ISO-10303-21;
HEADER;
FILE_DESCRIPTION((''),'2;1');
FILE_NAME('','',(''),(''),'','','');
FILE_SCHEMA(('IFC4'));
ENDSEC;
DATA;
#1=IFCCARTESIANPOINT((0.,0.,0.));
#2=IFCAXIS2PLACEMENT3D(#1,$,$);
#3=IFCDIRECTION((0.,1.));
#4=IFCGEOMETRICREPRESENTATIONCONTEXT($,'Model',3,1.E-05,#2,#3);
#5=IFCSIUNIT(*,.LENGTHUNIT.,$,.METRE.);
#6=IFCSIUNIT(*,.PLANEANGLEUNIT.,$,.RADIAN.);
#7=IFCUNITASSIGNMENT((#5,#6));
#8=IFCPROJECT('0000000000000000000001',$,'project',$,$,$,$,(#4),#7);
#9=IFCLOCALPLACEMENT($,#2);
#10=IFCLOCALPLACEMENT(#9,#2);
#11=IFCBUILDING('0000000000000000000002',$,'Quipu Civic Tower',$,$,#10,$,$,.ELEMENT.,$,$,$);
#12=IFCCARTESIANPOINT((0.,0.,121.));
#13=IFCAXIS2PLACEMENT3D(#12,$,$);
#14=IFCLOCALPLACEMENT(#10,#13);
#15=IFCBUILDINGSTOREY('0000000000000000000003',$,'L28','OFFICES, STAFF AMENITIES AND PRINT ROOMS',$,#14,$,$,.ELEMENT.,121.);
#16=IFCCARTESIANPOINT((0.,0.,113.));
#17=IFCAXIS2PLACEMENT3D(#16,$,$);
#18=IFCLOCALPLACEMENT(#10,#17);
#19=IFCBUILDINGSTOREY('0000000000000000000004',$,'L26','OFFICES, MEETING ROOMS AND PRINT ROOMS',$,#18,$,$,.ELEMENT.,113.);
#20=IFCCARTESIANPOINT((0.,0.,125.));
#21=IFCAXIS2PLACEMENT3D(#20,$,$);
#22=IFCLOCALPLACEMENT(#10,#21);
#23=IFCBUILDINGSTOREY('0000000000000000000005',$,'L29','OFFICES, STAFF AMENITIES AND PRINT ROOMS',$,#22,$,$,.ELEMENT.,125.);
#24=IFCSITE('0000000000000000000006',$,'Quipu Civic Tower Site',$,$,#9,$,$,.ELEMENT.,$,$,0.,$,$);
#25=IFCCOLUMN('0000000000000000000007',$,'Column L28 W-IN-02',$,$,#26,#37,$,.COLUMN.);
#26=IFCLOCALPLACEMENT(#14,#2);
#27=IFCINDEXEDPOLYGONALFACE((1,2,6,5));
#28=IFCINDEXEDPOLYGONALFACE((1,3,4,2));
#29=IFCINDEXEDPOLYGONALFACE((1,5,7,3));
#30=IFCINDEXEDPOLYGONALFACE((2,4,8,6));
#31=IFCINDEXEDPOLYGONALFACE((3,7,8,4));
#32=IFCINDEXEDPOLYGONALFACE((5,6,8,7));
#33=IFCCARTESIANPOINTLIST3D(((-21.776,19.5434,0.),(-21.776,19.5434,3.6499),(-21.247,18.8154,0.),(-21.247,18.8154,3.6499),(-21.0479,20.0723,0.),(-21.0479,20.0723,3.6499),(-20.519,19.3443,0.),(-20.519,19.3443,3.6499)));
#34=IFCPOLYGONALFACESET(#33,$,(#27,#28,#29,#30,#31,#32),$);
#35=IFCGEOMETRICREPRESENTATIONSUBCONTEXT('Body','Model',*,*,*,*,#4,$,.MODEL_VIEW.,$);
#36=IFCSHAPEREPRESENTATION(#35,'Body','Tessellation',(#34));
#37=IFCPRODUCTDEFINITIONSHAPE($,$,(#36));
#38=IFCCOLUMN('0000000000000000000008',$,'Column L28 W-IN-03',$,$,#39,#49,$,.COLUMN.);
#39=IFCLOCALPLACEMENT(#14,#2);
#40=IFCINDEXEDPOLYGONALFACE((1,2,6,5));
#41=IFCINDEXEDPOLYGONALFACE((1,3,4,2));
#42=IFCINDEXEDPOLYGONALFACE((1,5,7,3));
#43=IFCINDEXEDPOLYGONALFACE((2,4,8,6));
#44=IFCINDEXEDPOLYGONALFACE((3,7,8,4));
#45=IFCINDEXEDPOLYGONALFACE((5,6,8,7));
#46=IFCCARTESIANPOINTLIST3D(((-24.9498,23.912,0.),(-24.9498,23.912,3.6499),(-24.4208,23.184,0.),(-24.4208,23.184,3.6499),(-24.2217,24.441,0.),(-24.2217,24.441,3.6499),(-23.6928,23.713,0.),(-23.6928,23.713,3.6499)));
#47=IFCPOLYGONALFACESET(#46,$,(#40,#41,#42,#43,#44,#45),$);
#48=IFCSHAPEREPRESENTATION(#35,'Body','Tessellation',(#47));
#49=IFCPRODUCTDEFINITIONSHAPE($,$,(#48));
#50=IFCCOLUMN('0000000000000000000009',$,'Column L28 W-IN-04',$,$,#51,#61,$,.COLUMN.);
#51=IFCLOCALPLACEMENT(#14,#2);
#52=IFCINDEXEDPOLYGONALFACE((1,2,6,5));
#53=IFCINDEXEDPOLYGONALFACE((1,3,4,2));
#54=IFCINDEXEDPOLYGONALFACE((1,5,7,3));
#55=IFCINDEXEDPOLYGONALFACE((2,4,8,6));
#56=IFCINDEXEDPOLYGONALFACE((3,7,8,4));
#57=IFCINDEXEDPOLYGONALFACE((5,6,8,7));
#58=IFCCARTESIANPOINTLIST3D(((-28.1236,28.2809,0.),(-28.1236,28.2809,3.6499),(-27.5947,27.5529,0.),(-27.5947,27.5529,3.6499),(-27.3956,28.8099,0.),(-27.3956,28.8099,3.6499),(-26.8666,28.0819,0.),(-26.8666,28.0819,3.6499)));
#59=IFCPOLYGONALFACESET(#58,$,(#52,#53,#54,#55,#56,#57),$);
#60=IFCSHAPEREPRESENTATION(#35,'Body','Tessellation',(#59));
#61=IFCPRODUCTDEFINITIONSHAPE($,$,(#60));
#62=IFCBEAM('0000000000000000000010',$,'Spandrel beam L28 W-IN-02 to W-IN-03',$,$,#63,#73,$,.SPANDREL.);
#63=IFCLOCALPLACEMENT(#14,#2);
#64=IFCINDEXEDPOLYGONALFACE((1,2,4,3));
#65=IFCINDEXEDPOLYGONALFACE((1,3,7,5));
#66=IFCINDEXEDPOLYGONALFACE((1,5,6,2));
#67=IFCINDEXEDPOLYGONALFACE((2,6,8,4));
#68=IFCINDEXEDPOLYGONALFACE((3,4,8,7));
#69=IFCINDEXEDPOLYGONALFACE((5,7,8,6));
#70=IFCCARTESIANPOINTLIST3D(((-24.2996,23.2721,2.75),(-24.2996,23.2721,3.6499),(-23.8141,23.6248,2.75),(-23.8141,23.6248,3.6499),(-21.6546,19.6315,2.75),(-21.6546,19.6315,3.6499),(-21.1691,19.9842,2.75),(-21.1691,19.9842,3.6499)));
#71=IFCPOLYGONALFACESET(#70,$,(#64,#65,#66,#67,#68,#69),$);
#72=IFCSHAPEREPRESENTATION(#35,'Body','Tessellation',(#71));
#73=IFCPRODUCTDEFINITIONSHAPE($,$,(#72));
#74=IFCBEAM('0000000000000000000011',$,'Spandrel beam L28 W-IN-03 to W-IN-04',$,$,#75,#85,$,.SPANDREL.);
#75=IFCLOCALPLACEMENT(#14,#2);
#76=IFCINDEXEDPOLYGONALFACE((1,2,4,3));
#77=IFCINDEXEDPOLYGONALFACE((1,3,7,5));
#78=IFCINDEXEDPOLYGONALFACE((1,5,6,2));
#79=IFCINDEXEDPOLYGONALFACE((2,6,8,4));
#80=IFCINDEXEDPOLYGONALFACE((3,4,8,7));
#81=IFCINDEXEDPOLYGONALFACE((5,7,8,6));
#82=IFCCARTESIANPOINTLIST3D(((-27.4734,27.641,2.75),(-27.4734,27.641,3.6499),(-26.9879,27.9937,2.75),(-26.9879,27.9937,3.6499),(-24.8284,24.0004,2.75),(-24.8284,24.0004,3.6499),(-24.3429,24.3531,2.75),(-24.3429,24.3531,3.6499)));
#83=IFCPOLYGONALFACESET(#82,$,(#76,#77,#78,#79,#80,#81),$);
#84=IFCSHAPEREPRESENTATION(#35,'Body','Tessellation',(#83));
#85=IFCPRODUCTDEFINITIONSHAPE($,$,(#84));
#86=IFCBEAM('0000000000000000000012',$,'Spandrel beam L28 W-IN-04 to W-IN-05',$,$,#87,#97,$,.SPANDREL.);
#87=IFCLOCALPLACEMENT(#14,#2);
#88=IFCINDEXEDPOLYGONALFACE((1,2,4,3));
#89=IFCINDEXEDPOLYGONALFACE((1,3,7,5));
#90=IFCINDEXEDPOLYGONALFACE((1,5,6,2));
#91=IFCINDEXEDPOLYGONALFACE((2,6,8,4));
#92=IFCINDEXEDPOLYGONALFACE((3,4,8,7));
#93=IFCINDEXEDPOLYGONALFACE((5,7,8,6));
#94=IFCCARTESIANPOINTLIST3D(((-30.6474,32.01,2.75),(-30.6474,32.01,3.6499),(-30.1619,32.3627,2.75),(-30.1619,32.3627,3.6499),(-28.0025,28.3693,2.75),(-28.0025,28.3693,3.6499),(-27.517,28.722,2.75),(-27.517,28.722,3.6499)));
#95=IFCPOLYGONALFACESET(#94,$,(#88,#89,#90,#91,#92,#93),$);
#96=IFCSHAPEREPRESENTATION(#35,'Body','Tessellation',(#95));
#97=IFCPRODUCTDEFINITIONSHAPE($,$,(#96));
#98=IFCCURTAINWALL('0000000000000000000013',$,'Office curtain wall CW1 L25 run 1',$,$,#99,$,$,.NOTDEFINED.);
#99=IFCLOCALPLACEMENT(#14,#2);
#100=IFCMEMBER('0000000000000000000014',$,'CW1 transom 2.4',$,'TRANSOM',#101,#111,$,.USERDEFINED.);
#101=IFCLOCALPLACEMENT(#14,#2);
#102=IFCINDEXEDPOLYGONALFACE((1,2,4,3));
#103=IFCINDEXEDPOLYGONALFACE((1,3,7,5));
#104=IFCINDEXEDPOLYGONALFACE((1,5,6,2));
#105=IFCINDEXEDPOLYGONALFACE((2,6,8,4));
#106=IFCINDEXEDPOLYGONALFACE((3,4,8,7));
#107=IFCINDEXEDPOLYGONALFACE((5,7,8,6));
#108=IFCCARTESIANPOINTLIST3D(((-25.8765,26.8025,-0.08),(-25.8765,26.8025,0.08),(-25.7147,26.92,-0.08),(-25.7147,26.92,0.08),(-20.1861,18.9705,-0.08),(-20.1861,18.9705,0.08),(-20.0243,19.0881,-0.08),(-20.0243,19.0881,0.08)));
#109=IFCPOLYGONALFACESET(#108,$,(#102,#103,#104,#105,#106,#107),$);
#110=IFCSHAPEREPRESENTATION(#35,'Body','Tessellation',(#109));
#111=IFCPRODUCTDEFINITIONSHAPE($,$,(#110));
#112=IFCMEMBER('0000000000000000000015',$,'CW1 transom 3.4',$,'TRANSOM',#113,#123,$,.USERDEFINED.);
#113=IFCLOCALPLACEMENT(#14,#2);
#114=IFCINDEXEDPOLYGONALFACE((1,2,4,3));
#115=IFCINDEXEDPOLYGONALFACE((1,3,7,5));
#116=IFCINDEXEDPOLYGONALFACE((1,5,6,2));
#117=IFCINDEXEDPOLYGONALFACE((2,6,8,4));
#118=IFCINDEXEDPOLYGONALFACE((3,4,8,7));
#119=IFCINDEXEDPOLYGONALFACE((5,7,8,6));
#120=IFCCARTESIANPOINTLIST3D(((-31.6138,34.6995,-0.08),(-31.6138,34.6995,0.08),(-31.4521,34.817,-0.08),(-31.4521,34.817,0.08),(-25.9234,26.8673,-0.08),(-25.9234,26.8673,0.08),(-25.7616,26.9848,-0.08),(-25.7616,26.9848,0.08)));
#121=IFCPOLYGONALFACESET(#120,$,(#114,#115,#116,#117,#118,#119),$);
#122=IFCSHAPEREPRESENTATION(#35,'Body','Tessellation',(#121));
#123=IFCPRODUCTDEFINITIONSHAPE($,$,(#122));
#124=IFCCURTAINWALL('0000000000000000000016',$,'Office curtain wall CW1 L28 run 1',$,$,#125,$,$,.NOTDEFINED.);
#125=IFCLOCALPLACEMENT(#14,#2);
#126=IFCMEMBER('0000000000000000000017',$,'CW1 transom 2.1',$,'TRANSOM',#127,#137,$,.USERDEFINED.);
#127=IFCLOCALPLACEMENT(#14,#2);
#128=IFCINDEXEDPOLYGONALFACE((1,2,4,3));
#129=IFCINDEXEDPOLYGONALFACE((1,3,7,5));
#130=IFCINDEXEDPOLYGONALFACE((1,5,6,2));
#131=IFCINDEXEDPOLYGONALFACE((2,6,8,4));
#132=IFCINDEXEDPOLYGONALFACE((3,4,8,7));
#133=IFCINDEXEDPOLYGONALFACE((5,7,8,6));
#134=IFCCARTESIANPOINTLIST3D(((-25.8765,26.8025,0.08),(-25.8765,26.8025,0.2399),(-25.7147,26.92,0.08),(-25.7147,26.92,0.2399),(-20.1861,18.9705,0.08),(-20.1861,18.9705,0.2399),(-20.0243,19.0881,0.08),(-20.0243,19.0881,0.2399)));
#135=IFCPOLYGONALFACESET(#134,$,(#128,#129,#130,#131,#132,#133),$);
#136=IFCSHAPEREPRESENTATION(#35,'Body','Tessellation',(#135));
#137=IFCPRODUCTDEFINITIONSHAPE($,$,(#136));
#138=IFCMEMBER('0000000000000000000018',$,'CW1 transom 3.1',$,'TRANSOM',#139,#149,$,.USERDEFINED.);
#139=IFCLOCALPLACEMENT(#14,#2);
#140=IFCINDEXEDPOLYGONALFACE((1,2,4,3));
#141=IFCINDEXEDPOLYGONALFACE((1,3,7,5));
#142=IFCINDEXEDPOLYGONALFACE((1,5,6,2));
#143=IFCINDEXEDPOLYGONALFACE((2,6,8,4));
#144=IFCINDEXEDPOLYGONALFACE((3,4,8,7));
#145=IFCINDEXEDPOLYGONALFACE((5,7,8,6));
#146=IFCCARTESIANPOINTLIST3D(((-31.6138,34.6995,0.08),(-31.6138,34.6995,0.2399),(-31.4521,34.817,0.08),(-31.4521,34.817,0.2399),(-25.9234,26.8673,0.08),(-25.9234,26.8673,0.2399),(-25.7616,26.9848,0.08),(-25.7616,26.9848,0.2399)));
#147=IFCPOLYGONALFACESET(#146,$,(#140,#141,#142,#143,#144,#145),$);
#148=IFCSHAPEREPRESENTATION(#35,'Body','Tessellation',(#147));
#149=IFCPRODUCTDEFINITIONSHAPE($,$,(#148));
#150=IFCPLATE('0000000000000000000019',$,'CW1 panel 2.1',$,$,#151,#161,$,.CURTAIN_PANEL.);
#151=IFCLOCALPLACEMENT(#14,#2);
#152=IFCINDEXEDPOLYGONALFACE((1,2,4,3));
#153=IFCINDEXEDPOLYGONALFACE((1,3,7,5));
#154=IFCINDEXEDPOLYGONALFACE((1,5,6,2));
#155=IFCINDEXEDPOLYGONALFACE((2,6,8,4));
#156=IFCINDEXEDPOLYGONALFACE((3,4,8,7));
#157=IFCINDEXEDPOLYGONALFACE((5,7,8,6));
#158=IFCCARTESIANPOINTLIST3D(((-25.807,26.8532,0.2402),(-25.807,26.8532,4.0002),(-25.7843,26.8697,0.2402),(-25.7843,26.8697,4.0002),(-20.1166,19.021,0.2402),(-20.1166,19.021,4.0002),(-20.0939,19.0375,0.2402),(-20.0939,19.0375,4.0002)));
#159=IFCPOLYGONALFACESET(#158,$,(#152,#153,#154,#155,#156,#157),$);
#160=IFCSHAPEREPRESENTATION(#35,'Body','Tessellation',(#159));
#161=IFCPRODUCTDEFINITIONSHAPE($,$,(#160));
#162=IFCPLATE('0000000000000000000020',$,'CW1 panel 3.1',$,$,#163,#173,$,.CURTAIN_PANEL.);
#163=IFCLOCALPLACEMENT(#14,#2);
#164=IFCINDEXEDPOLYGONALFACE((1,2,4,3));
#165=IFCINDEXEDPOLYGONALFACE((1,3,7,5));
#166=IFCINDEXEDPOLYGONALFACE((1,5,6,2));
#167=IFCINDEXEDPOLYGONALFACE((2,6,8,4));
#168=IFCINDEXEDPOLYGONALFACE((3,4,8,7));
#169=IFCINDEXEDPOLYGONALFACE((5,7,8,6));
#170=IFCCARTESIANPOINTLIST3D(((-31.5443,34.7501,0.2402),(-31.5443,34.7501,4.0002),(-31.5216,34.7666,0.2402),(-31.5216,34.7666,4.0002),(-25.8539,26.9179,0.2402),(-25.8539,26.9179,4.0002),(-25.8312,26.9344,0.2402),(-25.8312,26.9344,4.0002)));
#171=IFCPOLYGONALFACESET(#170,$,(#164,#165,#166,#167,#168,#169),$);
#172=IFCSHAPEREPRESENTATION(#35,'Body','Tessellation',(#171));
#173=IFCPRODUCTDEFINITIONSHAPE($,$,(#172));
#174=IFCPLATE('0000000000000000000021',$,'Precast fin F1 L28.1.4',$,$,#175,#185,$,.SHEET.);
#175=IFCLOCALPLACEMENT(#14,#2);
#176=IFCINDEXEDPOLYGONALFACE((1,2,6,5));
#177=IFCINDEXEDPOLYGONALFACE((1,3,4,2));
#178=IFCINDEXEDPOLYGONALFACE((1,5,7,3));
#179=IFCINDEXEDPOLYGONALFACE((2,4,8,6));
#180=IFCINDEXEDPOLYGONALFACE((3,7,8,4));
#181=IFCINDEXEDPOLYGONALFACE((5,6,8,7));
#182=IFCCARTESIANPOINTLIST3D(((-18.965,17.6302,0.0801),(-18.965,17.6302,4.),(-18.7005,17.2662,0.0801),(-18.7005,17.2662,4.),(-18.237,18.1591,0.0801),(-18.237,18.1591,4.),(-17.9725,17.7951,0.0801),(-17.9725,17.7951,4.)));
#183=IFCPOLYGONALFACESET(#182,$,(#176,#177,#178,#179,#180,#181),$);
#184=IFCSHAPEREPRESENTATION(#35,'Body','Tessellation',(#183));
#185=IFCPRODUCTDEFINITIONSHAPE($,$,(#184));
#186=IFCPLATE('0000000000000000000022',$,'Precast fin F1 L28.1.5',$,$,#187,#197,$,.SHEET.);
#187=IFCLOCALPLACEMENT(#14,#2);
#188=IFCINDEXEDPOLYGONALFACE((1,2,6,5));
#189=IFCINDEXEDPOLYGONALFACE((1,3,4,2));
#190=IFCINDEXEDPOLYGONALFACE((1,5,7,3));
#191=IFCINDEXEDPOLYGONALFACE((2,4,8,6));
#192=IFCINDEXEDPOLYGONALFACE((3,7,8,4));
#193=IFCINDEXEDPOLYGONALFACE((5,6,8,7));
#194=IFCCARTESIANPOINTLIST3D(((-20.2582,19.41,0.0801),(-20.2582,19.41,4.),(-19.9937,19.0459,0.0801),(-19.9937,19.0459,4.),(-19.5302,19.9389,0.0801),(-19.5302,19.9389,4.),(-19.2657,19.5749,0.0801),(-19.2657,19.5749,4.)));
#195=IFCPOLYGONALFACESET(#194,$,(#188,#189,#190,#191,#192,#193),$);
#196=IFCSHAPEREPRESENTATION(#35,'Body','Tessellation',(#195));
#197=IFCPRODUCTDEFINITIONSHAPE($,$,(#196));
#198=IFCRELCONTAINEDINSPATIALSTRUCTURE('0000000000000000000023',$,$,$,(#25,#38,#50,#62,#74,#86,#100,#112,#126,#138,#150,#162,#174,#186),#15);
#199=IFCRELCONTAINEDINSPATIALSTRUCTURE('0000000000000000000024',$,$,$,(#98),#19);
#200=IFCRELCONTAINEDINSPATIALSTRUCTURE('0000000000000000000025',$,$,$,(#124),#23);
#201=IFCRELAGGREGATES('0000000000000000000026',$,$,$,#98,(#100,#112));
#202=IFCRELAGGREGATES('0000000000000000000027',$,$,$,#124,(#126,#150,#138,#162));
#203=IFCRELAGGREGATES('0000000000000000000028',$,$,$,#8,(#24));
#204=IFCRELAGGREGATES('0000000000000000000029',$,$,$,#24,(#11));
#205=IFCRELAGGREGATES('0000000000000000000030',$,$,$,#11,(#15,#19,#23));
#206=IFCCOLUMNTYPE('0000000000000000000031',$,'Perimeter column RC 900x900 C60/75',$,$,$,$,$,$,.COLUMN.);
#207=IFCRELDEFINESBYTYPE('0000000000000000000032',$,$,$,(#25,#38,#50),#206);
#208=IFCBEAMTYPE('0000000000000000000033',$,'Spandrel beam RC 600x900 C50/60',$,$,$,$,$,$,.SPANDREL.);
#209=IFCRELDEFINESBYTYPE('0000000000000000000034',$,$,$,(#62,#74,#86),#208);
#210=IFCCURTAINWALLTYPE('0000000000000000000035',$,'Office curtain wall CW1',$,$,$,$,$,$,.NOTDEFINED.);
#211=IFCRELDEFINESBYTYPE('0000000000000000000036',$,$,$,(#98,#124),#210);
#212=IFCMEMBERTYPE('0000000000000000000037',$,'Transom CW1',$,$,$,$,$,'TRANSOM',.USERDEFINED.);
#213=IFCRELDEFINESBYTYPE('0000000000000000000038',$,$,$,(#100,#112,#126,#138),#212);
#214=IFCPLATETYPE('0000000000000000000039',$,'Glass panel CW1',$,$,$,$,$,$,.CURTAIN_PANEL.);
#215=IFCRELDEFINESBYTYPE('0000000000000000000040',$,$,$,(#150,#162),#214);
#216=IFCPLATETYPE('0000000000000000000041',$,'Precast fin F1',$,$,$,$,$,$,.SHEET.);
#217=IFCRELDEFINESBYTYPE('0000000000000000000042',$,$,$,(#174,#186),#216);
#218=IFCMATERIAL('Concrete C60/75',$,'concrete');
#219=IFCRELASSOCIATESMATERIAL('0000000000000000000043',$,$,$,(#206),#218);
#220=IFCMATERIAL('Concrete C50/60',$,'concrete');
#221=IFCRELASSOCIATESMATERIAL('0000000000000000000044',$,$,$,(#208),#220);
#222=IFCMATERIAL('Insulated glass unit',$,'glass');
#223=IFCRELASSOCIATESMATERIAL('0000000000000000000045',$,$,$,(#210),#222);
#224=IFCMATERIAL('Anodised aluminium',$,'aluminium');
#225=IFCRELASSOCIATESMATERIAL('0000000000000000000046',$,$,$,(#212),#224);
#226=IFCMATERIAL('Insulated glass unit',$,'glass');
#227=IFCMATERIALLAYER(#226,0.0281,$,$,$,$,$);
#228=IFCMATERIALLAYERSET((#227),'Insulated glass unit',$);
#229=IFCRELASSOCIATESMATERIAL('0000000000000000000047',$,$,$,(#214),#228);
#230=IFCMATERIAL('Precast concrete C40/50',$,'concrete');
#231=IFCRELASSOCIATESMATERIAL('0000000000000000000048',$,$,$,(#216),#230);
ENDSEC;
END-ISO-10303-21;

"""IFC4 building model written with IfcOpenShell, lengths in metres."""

from ifc_helpers import new_model, si_unit, direction, frame, origin, origin_2d, place, context, subcontext, project, spatial, rectangle, extrude, material, layer, layer_set, material_profile, profile_set, type_object, element, aggregate, save


model = new_model("IFC4")

# Units and contexts
model_context = context("Model", 3, precision=1e-05, world=origin(), true_north=direction((0.0, 1.0)))
body_context = subcontext(model_context, "Body", "Model", "MODEL_VIEW")
ifc_project = project(units=[si_unit("LENGTHUNIT", "METRE"), si_unit("PLANEANGLEUNIT", "RADIAN")], contexts=[model_context])

# Site, building, storey
site_placement = place(None, origin())
site = spatial("IfcSite", under=ifc_project, at=site_placement, Name="Quipu Civic Tower Site", CompositionType="ELEMENT", RefElevation=0.0)
building_placement = place(site_placement, origin())
building = spatial("IfcBuilding", under=site, at=building_placement, Name="Quipu Civic Tower", CompositionType="ELEMENT")
storey_1_placement = place(building_placement, frame((0.0, 0.0, 121.0)))
storey_1 = spatial("IfcBuildingStorey", under=building, at=storey_1_placement, Name="L28", Description="OFFICES, STAFF AMENITIES AND PRINT ROOMS", CompositionType="ELEMENT", Elevation=121.0)

# Columns
ifc_material_1 = material(Name="Concrete C60/75", Category="concrete")
ifc_material_profile_1 = material_profile(ifc_material_1, rectangle(XDim=0.8999, YDim=0.8999, at=origin_2d()), Name="RC900x900")
ifc_profile_set_1 = profile_set([ifc_material_profile_1], Name="Concrete C60/75")
column_type = type_object("IfcColumnType", Name="Perimeter column RC 900x900 C60/75", PredefinedType="COLUMN", material=ifc_profile_set_1)
for number, where, z_axis, x_axis, name in (
    (1, (-21.1475, 19.4438, 0.0), (0.0, 0.0, 1.0), (-0.587785, 0.809017, 0.0), "Column L28 W-IN-02"),
    (2, (-24.3213, 23.8125, 0.0), (0.0, 0.0, 1.0), (-0.587785, 0.809017, 0.0), "Column L28 W-IN-03"),
    (3, (-27.4951, 28.1814, 0.0), (0.0, 0.0, 1.0), (-0.587785, 0.809017, 0.0), "Column L28 W-IN-04"),
):
    element("IfcColumn", number, at=place(storey_1_placement, frame(where, z_axis=z_axis, x_axis=x_axis)), inside=storey_1, type_object=column_type, Name=name, PredefinedType="COLUMN", context=body_context, shape_type="SweptSolid", body=[
        extrude(rectangle(XDim=0.8999, YDim=0.8999, at=origin_2d()), origin(), (0.0, 0.0, 1.0), 3.6499),
    ])

# Beams
ifc_material_2 = material(Name="Concrete C50/60", Category="concrete")
ifc_material_profile_2 = material_profile(ifc_material_2, rectangle(XDim=0.6001, YDim=0.8999, at=origin_2d()), Name="RC600x900")
ifc_profile_set_2 = profile_set([ifc_material_profile_2], Name="Concrete C50/60")
beam_type = type_object("IfcBeamType", Name="Spandrel beam RC 600x900 C50/60", PredefinedType="SPANDREL", material=ifc_profile_set_2)
for number, where, z_axis, x_axis, name in (
    (4, (-21.4119, 19.8079, 3.2), (-0.587778, 0.809022, 0.0), (-0.809022, -0.587778, 0.0), "Spandrel beam L28 W-IN-02 to W-IN-03"),
    (5, (-24.5857, 24.1768, 3.2), (-0.587778, 0.809022, 0.0), (-0.809022, -0.587778, 0.0), "Spandrel beam L28 W-IN-03 to W-IN-04"),
    (6, (-27.7598, 28.5457, 3.2), (-0.587743, 0.809048, 0.0), (-0.809048, -0.587743, 0.0), "Spandrel beam L28 W-IN-04 to W-IN-05"),
):
    element("IfcBeam", number, at=place(storey_1_placement, frame(where, z_axis=z_axis, x_axis=x_axis)), inside=storey_1, type_object=beam_type, Name=name, PredefinedType="SPANDREL", context=body_context, shape_type="SweptSolid", body=[
        extrude(rectangle(XDim=0.6001, YDim=0.8999, at=origin_2d()), origin(), (0.0, 0.0, 1.0), 4.5),
    ])

# Shared definitions
storey_2_placement = place(building_placement, frame((0.0, 0.0, 113.0)))
storey_2 = spatial("IfcBuildingStorey", under=building, at=storey_2_placement, Name="L26", Description="OFFICES, MEETING ROOMS AND PRINT ROOMS", CompositionType="ELEMENT", Elevation=113.0)

# Curtain wall, members
ifc_material_3 = material(Name="Insulated glass unit", Category="glass")
curtain_wall_type = type_object("IfcCurtainWallType", Name="Office curtain wall CW1", PredefinedType="NOTDEFINED", material=ifc_material_3)
curtain_wall_1_placement = place(storey_2_placement, origin())
curtain_wall_1 = element("IfcCurtainWall", 7, at=curtain_wall_1_placement, inside=storey_2, type_object=curtain_wall_type, Name="Office curtain wall CW1 L25 run 1", PredefinedType="NOTDEFINED")
ifc_material_4 = material(Name="Anodised aluminium", Category="aluminium")
ifc_material_profile_3 = material_profile(ifc_material_4, rectangle(XDim=0.2, YDim=0.1599, at=origin_2d()), Name="RECT 200x160")
ifc_profile_set_3 = profile_set([ifc_material_profile_3], Name="Anodised aluminium")
member_type = type_object("IfcMemberType", Name="Transom CW1", ElementType="TRANSOM", PredefinedType="USERDEFINED", material=ifc_profile_set_3)
member_1_placement = place(storey_1_placement, frame((-20.1052, 19.0293, 0.0), z_axis=(-0.587794, 0.809011, 0.0), x_axis=(-0.809011, -0.587794, 0.0)))
member_1 = element("IfcMember", 8, at=member_1_placement, inside=storey_1, type_object=member_type, Name="CW1 transom 2.4", ObjectType="TRANSOM", PredefinedType="USERDEFINED", context=body_context, shape_type="SweptSolid", body=[
    extrude(rectangle(XDim=0.2, YDim=0.1599, at=origin_2d()), origin(), (0.0, 0.0, 1.0), 9.6809),
])
member_2_placement = place(storey_1_placement, frame((-25.8425, 26.926, 0.0), z_axis=(-0.587782, 0.80902, 0.0), x_axis=(-0.80902, -0.587782, 0.0)))
member_2 = element("IfcMember", 9, at=member_2_placement, inside=storey_1, type_object=member_type, Name="CW1 transom 3.4", ObjectType="TRANSOM", PredefinedType="USERDEFINED", context=body_context, shape_type="SweptSolid", body=[
    extrude(rectangle(XDim=0.2, YDim=0.1599, at=origin_2d()), origin(), (0.0, 0.0, 1.0), 9.6812),
])
aggregate(curtain_wall_1, [member_1, member_2])

# Shared definitions
storey_3_placement = place(building_placement, frame((0.0, 0.0, 125.0)))
storey_3 = spatial("IfcBuildingStorey", under=building, at=storey_3_placement, Name="L29", Description="OFFICES, STAFF AMENITIES AND PRINT ROOMS", CompositionType="ELEMENT", Elevation=125.0)

# Curtain wall, members, plates
curtain_wall_2_placement = place(storey_3_placement, origin())
curtain_wall_2 = element("IfcCurtainWall", 10, at=curtain_wall_2_placement, inside=storey_3, type_object=curtain_wall_type, Name="Office curtain wall CW1 L28 run 1", PredefinedType="NOTDEFINED")
member_3_placement = place(storey_1_placement, frame((-20.1052, 19.0293, 0.1599), z_axis=(-0.587794, 0.809011, 0.0), x_axis=(-0.809011, -0.587794, 0.0)))
member_3 = element("IfcMember", 11, at=member_3_placement, inside=storey_1, type_object=member_type, Name="CW1 transom 2.1", ObjectType="TRANSOM", PredefinedType="USERDEFINED", context=body_context, shape_type="SweptSolid", body=[
    extrude(rectangle(XDim=0.2, YDim=0.1599, at=origin_2d()), origin(), (0.0, 0.0, 1.0), 9.6809),
])
member_4_placement = place(storey_1_placement, frame((-25.8425, 26.926, 0.1599), z_axis=(-0.587782, 0.80902, 0.0), x_axis=(-0.80902, -0.587782, 0.0)))
member_4 = element("IfcMember", 12, at=member_4_placement, inside=storey_1, type_object=member_type, Name="CW1 transom 3.1", ObjectType="TRANSOM", PredefinedType="USERDEFINED", context=body_context, shape_type="SweptSolid", body=[
    extrude(rectangle(XDim=0.2, YDim=0.1599, at=origin_2d()), origin(), (0.0, 0.0, 1.0), 9.6812),
])
ifc_material_5 = material(Name="Insulated glass unit", Category="glass")
ifc_layer_1 = layer(ifc_material_5, 0.0281)
ifc_layer_set_1 = layer_set([ifc_layer_1], Name="Insulated glass unit")
plate_type_1 = type_object("IfcPlateType", Name="Glass panel CW1", PredefinedType="CURTAIN_PANEL", material=ifc_layer_set_1)
plate_1_placement = place(storey_1_placement, frame((-22.9504, 22.9453, 0.2402), z_axis=(0.0, 0.0, 1.0), x_axis=(-0.587786, 0.809017, 0.0)))
plate_1 = element("IfcPlate", 13, at=plate_1_placement, inside=storey_1, type_object=plate_type_1, Name="CW1 panel 2.1", PredefinedType="CURTAIN_PANEL", context=body_context, shape_type="SweptSolid", body=[
    extrude(rectangle(XDim=9.6812, YDim=0.0281, at=origin_2d()), origin(), (0.0, 0.0, 1.0), 3.76),
])
plate_2_placement = place(storey_1_placement, frame((-28.6877, 30.8423, 0.2402), z_axis=(0.0, 0.0, 1.0), x_axis=(-0.587786, 0.809017, 0.0)))
plate_2 = element("IfcPlate", 14, at=plate_2_placement, inside=storey_1, type_object=plate_type_1, Name="CW1 panel 3.1", PredefinedType="CURTAIN_PANEL", context=body_context, shape_type="SweptSolid", body=[
    extrude(rectangle(XDim=9.6812, YDim=0.0281, at=origin_2d()), origin(), (0.0, 0.0, 1.0), 3.76),
])
aggregate(curtain_wall_2, [member_3, plate_1, member_4, plate_2])

# Plates
ifc_material_6 = material(Name="Precast concrete C40/50", Category="concrete")
plate_type_2 = type_object("IfcPlateType", Name="Precast fin F1", PredefinedType="SHEET", material=ifc_material_6)
for number, where, z_axis, x_axis, name in (
    (15, (-18.4688, 17.7126, 0.0801), (0.0, 0.0, 1.0), (-0.587785, 0.809017, 0.0), "Precast fin F1 L28.1.4"),
    (16, (-19.762, 19.4924, 0.0801), (0.0, 0.0, 1.0), (-0.587785, 0.809017, 0.0), "Precast fin F1 L28.1.5"),
):
    element("IfcPlate", number, at=place(storey_1_placement, frame(where, z_axis=z_axis, x_axis=x_axis)), inside=storey_1, type_object=plate_type_2, Name=name, PredefinedType="SHEET", context=body_context, shape_type="SweptSolid", body=[
        extrude(rectangle(XDim=0.45, YDim=0.8999, at=origin_2d()), origin(), (0.0, 0.0, 1.0), 3.9199),
    ])

save(model, "model.ifc")
